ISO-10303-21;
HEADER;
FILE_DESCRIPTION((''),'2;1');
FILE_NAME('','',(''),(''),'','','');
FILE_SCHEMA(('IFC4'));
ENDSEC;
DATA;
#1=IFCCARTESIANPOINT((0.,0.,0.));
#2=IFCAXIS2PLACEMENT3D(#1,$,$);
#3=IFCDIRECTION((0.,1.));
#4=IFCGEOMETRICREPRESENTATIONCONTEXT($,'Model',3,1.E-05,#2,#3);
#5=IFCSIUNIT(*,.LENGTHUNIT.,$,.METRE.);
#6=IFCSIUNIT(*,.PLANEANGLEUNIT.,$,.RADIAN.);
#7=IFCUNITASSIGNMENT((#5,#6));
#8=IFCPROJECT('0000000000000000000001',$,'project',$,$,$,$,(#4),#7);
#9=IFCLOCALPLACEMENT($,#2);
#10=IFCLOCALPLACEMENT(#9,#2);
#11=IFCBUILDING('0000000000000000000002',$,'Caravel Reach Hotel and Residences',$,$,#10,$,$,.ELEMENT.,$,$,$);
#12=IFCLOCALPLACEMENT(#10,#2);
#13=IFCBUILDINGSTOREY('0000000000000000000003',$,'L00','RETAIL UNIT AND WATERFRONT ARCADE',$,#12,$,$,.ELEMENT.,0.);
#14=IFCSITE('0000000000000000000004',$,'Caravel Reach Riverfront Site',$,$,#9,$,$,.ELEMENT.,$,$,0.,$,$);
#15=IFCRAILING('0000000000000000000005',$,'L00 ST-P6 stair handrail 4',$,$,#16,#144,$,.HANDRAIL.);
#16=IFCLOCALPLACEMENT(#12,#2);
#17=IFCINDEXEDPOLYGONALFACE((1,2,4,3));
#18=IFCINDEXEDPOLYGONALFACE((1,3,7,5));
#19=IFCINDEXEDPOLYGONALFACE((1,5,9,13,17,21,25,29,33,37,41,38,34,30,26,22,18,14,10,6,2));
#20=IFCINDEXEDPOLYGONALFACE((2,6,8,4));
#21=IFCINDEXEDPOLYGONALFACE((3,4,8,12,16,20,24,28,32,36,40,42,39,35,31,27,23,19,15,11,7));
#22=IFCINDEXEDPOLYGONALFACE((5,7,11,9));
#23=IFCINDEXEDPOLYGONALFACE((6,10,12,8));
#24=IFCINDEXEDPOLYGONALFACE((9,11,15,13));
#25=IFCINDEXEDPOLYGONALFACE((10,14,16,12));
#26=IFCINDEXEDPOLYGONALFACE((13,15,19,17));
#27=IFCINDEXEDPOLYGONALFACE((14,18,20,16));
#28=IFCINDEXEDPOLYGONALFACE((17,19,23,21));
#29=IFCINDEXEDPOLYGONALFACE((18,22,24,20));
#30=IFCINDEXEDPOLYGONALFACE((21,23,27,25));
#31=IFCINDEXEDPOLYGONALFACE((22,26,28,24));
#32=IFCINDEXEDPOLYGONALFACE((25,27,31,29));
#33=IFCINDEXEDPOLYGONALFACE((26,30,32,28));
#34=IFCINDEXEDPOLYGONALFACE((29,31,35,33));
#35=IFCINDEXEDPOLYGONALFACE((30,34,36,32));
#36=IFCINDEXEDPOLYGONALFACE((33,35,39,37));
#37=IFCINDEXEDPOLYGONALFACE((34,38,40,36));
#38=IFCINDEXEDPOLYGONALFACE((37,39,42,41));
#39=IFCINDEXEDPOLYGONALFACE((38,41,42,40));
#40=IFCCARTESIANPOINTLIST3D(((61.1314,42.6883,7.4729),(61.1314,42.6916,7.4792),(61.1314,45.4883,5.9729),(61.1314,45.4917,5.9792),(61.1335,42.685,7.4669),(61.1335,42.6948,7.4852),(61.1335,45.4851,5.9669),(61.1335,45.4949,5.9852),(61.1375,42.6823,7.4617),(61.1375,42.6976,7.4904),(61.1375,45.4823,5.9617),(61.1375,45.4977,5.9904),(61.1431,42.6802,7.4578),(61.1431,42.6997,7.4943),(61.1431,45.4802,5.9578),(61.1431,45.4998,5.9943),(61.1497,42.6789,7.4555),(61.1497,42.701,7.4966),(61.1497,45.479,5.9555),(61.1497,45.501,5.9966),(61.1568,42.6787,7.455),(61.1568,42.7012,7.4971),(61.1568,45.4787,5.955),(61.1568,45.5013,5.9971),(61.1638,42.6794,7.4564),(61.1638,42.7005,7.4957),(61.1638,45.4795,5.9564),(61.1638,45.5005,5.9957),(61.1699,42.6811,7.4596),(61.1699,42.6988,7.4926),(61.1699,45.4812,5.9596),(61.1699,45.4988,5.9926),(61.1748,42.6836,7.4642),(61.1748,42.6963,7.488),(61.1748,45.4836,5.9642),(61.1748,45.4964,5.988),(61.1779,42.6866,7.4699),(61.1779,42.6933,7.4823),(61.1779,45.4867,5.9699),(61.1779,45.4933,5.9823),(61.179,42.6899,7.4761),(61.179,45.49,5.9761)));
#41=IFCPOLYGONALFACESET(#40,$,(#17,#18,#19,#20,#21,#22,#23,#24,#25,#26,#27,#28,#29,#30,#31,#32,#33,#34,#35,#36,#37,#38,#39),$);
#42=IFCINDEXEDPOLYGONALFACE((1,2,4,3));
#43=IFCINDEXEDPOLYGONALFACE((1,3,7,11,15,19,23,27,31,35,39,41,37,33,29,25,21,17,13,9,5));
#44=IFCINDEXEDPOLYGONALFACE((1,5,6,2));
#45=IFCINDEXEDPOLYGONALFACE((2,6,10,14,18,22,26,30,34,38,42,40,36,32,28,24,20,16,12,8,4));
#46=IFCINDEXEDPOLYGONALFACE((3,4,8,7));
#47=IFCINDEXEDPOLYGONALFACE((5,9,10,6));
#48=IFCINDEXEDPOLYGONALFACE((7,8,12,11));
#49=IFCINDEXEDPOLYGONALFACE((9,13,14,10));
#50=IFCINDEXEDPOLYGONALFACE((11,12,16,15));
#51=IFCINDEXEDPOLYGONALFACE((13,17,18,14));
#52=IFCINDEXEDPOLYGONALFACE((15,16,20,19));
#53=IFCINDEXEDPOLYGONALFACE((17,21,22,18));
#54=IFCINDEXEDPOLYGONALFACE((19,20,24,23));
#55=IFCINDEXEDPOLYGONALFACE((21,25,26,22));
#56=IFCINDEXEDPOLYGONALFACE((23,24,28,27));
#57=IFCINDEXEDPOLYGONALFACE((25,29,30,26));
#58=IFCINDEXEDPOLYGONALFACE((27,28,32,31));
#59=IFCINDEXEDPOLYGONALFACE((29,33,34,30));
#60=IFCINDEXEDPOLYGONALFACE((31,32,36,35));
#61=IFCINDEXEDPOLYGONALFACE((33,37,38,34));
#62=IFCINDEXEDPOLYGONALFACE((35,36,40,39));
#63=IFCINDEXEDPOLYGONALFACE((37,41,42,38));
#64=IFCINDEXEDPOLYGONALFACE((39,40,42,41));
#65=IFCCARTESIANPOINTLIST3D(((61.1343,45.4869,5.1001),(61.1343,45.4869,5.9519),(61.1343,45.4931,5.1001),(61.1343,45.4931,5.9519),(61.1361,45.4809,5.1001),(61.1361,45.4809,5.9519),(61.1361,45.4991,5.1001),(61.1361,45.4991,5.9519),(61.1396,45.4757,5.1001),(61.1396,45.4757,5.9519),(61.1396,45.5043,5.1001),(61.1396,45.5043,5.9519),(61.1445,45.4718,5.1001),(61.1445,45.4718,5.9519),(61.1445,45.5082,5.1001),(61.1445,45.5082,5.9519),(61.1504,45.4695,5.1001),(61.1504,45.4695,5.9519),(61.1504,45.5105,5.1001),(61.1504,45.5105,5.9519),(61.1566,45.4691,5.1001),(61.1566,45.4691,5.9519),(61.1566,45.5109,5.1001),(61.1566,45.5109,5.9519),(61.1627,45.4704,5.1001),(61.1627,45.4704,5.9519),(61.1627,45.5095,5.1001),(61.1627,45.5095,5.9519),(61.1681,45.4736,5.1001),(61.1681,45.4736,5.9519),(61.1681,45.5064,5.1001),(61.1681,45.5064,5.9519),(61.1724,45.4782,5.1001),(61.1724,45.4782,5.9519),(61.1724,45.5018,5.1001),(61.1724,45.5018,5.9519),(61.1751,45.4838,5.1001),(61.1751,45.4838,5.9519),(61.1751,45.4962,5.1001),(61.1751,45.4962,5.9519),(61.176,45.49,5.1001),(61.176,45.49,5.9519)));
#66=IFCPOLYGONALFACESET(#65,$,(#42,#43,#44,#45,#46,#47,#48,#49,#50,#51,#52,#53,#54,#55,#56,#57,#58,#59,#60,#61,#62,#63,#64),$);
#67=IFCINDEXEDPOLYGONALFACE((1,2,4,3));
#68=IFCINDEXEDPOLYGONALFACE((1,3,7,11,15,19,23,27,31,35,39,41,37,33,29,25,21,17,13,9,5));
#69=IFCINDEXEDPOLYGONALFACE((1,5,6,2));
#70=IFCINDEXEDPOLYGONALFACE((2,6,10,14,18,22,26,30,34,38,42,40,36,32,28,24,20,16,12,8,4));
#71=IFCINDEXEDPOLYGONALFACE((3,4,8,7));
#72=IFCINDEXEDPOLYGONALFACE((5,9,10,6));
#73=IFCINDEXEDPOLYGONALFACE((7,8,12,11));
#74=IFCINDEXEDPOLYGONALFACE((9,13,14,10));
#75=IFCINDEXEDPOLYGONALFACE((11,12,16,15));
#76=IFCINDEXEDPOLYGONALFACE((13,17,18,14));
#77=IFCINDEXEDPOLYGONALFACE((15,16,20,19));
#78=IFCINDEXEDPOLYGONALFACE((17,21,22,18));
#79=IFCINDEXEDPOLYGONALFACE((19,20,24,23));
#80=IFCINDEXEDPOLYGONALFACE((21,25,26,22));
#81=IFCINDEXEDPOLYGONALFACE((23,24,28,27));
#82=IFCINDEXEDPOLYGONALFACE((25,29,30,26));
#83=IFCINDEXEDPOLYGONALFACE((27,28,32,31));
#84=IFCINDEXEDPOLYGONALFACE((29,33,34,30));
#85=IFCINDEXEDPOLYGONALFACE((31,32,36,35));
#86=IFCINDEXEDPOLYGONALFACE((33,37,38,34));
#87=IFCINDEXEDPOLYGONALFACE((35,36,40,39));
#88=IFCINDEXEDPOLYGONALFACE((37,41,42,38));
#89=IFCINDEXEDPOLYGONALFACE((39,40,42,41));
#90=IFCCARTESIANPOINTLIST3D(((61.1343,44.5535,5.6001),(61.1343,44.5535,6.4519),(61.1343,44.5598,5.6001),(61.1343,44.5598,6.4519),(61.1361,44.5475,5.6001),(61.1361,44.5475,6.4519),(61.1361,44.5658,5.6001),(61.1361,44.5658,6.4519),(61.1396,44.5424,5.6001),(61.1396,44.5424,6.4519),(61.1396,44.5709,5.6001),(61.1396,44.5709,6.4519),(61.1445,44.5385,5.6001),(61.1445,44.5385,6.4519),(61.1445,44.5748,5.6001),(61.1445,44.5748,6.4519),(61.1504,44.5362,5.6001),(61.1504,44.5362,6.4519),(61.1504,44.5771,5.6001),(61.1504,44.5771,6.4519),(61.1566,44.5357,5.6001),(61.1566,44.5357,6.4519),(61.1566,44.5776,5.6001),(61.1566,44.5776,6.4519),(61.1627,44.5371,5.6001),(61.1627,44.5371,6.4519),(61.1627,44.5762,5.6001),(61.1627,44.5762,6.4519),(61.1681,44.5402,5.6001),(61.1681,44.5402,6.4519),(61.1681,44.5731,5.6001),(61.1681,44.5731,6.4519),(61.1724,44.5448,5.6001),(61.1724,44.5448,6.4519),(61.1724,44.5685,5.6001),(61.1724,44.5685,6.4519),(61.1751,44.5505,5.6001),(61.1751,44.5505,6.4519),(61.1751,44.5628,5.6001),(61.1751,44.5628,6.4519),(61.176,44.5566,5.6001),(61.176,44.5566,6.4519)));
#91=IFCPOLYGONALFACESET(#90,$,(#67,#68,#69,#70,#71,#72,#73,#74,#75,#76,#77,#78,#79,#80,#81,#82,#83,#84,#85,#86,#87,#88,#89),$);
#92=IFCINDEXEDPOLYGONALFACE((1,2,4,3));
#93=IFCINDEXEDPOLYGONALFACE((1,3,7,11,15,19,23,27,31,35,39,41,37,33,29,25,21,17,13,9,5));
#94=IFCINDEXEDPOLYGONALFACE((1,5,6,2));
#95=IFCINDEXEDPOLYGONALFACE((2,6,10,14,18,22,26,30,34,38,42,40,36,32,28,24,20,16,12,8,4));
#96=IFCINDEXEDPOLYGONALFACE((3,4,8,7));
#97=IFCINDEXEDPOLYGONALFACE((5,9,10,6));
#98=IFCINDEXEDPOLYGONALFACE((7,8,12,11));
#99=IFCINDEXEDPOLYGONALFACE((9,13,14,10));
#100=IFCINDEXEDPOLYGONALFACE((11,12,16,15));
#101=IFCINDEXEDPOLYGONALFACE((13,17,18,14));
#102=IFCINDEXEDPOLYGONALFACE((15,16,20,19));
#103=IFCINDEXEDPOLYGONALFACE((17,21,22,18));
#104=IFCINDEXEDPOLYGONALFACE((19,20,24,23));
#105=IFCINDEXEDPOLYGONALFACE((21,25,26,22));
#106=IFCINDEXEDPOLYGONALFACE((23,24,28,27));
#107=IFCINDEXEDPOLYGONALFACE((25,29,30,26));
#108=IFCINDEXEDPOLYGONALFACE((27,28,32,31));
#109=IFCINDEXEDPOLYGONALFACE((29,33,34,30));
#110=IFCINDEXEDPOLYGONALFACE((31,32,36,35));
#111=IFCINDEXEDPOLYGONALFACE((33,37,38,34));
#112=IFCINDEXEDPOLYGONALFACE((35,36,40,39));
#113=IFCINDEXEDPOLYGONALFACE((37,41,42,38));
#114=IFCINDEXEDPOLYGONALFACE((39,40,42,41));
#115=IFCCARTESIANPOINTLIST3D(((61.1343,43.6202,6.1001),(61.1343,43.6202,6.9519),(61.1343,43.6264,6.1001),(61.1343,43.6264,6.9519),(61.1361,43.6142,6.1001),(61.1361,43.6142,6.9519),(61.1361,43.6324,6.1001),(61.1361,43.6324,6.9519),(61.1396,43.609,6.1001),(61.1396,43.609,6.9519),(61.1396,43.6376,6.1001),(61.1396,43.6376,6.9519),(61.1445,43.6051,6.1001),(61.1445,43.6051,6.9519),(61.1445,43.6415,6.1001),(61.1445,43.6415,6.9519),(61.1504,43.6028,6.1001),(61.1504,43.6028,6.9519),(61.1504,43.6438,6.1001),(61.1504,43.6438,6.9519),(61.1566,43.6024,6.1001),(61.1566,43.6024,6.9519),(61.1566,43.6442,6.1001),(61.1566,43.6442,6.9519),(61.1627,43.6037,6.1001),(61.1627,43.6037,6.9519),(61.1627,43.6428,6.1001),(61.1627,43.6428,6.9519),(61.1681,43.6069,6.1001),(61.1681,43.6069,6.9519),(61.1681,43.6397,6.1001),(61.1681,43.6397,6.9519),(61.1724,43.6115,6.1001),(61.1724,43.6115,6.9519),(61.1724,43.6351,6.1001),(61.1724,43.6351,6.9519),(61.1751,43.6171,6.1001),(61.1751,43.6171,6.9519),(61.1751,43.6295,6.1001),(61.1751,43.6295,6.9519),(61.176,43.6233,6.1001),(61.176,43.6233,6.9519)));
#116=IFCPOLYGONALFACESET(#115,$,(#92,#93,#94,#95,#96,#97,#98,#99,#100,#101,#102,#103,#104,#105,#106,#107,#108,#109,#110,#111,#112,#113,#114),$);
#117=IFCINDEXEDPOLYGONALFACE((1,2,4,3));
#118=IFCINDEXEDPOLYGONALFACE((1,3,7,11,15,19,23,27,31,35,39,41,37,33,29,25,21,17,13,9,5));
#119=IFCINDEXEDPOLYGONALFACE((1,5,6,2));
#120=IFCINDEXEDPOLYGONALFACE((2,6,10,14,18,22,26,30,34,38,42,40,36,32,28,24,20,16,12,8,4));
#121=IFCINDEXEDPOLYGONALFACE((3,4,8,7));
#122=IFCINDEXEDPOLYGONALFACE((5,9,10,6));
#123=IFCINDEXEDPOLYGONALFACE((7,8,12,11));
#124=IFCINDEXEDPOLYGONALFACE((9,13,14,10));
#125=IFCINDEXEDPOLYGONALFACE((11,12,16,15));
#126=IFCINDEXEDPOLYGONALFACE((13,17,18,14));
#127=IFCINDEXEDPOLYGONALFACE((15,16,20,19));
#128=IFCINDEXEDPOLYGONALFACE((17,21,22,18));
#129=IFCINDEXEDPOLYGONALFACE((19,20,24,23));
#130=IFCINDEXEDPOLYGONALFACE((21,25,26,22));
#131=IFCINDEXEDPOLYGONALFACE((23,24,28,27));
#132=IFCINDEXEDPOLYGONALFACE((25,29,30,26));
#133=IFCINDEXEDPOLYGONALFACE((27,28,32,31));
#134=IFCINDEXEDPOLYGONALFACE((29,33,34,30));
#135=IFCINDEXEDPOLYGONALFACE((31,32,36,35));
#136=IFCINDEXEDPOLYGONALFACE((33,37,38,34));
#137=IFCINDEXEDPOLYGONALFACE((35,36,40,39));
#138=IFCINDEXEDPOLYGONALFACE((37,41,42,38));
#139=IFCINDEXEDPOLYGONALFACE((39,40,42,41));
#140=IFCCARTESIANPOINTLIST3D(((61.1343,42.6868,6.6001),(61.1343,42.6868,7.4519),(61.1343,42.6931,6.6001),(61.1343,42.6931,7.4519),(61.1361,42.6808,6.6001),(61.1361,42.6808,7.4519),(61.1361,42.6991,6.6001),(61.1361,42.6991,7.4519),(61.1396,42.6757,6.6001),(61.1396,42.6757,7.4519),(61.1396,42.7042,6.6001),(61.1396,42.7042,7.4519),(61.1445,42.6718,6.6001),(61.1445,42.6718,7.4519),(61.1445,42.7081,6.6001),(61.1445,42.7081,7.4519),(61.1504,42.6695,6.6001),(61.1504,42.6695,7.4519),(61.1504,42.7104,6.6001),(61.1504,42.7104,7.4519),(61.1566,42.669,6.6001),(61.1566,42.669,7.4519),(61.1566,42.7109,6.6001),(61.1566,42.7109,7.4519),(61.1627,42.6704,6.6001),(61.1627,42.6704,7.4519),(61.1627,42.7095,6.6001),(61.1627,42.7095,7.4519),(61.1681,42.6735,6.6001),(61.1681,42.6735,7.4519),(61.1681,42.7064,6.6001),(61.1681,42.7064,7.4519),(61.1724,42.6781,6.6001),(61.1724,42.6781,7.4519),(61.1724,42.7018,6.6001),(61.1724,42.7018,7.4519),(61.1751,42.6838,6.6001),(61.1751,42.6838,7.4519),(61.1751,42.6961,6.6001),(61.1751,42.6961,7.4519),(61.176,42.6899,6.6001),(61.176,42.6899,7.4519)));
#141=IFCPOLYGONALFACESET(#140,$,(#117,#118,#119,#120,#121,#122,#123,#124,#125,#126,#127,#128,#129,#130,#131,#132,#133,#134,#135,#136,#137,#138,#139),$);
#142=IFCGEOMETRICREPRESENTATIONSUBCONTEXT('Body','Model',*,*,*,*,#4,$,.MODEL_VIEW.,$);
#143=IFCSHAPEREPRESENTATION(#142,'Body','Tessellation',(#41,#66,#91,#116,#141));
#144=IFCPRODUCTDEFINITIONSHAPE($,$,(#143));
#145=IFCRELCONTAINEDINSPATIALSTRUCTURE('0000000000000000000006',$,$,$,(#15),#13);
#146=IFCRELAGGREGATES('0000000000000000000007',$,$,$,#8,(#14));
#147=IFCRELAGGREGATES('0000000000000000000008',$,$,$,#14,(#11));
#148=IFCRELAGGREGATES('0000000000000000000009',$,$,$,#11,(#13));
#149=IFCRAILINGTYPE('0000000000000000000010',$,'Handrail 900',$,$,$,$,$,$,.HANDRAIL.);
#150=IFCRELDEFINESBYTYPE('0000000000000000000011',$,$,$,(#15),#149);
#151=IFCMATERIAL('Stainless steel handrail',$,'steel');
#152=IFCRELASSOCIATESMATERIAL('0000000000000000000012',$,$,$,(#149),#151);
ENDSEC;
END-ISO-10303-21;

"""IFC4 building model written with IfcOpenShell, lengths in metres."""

from ifc_helpers import new_model, si_unit, direction, frame, origin, origin_2d, place, context, subcontext, project, spatial, circle, extrude, material, type_object, element, save


model = new_model("IFC4")

# Units and contexts
model_context = context("Model", 3, precision=1e-05, world=origin(), true_north=direction((0.0, 1.0)))
body_context = subcontext(model_context, "Body", "Model", "MODEL_VIEW")
ifc_project = project(units=[si_unit("LENGTHUNIT", "METRE"), si_unit("PLANEANGLEUNIT", "RADIAN")], contexts=[model_context])

# Site, building, storey
site_placement = place(None, origin())
site = spatial("IfcSite", under=ifc_project, at=site_placement, Name="Caravel Reach Riverfront Site", CompositionType="ELEMENT", RefElevation=0.0)
building_placement = place(site_placement, origin())
building = spatial("IfcBuilding", under=site, at=building_placement, Name="Caravel Reach Hotel and Residences", CompositionType="ELEMENT")
storey_placement = place(building_placement, origin())
storey = spatial("IfcBuildingStorey", under=building, at=storey_placement, Name="L00", Description="RETAIL UNIT AND WATERFRONT ARCADE", CompositionType="ELEMENT", Elevation=0.0)

# Railing
ifc_material_1 = material(Name="Stainless steel handrail", Category="steel")
railing_type = type_object("IfcRailingType", Name="Handrail 900", PredefinedType="HANDRAIL", material=ifc_material_1)
for number, where, name in (
    (1, (61.155, 45.49, 5.1001), "L00 ST-P6 stair handrail 4"),
):
    element("IfcRailing", number, at=place(storey_placement, frame(where)), inside=storey, type_object=railing_type, Name=name, PredefinedType="HANDRAIL", context=body_context, shape_type="SweptSolid", body=[
        extrude(circle(Radius=0.0239, at=origin_2d()), frame((0.0, 0.0, 0.876), z_axis=(0.0, -0.881483, 0.472215), x_axis=(1.0, 0.0, 0.0)), (0.0, 0.0, 1.0), 3.1765),
        extrude(circle(Radius=0.021, at=origin_2d()), origin(), (0.0, 0.0, 1.0), 0.8518),
        extrude(circle(Radius=0.021, at=origin_2d()), frame((0.0, -0.9333, 0.5)), (0.0, 0.0, 1.0), 0.8518),
        extrude(circle(Radius=0.021, at=origin_2d()), frame((0.0, -1.8667, 1.0)), (0.0, 0.0, 1.0), 0.8518),
        extrude(circle(Radius=0.021, at=origin_2d()), frame((0.0, -2.8, 1.5)), (0.0, 0.0, 1.0), 0.8518),
    ])

save(model, "model.ifc")
